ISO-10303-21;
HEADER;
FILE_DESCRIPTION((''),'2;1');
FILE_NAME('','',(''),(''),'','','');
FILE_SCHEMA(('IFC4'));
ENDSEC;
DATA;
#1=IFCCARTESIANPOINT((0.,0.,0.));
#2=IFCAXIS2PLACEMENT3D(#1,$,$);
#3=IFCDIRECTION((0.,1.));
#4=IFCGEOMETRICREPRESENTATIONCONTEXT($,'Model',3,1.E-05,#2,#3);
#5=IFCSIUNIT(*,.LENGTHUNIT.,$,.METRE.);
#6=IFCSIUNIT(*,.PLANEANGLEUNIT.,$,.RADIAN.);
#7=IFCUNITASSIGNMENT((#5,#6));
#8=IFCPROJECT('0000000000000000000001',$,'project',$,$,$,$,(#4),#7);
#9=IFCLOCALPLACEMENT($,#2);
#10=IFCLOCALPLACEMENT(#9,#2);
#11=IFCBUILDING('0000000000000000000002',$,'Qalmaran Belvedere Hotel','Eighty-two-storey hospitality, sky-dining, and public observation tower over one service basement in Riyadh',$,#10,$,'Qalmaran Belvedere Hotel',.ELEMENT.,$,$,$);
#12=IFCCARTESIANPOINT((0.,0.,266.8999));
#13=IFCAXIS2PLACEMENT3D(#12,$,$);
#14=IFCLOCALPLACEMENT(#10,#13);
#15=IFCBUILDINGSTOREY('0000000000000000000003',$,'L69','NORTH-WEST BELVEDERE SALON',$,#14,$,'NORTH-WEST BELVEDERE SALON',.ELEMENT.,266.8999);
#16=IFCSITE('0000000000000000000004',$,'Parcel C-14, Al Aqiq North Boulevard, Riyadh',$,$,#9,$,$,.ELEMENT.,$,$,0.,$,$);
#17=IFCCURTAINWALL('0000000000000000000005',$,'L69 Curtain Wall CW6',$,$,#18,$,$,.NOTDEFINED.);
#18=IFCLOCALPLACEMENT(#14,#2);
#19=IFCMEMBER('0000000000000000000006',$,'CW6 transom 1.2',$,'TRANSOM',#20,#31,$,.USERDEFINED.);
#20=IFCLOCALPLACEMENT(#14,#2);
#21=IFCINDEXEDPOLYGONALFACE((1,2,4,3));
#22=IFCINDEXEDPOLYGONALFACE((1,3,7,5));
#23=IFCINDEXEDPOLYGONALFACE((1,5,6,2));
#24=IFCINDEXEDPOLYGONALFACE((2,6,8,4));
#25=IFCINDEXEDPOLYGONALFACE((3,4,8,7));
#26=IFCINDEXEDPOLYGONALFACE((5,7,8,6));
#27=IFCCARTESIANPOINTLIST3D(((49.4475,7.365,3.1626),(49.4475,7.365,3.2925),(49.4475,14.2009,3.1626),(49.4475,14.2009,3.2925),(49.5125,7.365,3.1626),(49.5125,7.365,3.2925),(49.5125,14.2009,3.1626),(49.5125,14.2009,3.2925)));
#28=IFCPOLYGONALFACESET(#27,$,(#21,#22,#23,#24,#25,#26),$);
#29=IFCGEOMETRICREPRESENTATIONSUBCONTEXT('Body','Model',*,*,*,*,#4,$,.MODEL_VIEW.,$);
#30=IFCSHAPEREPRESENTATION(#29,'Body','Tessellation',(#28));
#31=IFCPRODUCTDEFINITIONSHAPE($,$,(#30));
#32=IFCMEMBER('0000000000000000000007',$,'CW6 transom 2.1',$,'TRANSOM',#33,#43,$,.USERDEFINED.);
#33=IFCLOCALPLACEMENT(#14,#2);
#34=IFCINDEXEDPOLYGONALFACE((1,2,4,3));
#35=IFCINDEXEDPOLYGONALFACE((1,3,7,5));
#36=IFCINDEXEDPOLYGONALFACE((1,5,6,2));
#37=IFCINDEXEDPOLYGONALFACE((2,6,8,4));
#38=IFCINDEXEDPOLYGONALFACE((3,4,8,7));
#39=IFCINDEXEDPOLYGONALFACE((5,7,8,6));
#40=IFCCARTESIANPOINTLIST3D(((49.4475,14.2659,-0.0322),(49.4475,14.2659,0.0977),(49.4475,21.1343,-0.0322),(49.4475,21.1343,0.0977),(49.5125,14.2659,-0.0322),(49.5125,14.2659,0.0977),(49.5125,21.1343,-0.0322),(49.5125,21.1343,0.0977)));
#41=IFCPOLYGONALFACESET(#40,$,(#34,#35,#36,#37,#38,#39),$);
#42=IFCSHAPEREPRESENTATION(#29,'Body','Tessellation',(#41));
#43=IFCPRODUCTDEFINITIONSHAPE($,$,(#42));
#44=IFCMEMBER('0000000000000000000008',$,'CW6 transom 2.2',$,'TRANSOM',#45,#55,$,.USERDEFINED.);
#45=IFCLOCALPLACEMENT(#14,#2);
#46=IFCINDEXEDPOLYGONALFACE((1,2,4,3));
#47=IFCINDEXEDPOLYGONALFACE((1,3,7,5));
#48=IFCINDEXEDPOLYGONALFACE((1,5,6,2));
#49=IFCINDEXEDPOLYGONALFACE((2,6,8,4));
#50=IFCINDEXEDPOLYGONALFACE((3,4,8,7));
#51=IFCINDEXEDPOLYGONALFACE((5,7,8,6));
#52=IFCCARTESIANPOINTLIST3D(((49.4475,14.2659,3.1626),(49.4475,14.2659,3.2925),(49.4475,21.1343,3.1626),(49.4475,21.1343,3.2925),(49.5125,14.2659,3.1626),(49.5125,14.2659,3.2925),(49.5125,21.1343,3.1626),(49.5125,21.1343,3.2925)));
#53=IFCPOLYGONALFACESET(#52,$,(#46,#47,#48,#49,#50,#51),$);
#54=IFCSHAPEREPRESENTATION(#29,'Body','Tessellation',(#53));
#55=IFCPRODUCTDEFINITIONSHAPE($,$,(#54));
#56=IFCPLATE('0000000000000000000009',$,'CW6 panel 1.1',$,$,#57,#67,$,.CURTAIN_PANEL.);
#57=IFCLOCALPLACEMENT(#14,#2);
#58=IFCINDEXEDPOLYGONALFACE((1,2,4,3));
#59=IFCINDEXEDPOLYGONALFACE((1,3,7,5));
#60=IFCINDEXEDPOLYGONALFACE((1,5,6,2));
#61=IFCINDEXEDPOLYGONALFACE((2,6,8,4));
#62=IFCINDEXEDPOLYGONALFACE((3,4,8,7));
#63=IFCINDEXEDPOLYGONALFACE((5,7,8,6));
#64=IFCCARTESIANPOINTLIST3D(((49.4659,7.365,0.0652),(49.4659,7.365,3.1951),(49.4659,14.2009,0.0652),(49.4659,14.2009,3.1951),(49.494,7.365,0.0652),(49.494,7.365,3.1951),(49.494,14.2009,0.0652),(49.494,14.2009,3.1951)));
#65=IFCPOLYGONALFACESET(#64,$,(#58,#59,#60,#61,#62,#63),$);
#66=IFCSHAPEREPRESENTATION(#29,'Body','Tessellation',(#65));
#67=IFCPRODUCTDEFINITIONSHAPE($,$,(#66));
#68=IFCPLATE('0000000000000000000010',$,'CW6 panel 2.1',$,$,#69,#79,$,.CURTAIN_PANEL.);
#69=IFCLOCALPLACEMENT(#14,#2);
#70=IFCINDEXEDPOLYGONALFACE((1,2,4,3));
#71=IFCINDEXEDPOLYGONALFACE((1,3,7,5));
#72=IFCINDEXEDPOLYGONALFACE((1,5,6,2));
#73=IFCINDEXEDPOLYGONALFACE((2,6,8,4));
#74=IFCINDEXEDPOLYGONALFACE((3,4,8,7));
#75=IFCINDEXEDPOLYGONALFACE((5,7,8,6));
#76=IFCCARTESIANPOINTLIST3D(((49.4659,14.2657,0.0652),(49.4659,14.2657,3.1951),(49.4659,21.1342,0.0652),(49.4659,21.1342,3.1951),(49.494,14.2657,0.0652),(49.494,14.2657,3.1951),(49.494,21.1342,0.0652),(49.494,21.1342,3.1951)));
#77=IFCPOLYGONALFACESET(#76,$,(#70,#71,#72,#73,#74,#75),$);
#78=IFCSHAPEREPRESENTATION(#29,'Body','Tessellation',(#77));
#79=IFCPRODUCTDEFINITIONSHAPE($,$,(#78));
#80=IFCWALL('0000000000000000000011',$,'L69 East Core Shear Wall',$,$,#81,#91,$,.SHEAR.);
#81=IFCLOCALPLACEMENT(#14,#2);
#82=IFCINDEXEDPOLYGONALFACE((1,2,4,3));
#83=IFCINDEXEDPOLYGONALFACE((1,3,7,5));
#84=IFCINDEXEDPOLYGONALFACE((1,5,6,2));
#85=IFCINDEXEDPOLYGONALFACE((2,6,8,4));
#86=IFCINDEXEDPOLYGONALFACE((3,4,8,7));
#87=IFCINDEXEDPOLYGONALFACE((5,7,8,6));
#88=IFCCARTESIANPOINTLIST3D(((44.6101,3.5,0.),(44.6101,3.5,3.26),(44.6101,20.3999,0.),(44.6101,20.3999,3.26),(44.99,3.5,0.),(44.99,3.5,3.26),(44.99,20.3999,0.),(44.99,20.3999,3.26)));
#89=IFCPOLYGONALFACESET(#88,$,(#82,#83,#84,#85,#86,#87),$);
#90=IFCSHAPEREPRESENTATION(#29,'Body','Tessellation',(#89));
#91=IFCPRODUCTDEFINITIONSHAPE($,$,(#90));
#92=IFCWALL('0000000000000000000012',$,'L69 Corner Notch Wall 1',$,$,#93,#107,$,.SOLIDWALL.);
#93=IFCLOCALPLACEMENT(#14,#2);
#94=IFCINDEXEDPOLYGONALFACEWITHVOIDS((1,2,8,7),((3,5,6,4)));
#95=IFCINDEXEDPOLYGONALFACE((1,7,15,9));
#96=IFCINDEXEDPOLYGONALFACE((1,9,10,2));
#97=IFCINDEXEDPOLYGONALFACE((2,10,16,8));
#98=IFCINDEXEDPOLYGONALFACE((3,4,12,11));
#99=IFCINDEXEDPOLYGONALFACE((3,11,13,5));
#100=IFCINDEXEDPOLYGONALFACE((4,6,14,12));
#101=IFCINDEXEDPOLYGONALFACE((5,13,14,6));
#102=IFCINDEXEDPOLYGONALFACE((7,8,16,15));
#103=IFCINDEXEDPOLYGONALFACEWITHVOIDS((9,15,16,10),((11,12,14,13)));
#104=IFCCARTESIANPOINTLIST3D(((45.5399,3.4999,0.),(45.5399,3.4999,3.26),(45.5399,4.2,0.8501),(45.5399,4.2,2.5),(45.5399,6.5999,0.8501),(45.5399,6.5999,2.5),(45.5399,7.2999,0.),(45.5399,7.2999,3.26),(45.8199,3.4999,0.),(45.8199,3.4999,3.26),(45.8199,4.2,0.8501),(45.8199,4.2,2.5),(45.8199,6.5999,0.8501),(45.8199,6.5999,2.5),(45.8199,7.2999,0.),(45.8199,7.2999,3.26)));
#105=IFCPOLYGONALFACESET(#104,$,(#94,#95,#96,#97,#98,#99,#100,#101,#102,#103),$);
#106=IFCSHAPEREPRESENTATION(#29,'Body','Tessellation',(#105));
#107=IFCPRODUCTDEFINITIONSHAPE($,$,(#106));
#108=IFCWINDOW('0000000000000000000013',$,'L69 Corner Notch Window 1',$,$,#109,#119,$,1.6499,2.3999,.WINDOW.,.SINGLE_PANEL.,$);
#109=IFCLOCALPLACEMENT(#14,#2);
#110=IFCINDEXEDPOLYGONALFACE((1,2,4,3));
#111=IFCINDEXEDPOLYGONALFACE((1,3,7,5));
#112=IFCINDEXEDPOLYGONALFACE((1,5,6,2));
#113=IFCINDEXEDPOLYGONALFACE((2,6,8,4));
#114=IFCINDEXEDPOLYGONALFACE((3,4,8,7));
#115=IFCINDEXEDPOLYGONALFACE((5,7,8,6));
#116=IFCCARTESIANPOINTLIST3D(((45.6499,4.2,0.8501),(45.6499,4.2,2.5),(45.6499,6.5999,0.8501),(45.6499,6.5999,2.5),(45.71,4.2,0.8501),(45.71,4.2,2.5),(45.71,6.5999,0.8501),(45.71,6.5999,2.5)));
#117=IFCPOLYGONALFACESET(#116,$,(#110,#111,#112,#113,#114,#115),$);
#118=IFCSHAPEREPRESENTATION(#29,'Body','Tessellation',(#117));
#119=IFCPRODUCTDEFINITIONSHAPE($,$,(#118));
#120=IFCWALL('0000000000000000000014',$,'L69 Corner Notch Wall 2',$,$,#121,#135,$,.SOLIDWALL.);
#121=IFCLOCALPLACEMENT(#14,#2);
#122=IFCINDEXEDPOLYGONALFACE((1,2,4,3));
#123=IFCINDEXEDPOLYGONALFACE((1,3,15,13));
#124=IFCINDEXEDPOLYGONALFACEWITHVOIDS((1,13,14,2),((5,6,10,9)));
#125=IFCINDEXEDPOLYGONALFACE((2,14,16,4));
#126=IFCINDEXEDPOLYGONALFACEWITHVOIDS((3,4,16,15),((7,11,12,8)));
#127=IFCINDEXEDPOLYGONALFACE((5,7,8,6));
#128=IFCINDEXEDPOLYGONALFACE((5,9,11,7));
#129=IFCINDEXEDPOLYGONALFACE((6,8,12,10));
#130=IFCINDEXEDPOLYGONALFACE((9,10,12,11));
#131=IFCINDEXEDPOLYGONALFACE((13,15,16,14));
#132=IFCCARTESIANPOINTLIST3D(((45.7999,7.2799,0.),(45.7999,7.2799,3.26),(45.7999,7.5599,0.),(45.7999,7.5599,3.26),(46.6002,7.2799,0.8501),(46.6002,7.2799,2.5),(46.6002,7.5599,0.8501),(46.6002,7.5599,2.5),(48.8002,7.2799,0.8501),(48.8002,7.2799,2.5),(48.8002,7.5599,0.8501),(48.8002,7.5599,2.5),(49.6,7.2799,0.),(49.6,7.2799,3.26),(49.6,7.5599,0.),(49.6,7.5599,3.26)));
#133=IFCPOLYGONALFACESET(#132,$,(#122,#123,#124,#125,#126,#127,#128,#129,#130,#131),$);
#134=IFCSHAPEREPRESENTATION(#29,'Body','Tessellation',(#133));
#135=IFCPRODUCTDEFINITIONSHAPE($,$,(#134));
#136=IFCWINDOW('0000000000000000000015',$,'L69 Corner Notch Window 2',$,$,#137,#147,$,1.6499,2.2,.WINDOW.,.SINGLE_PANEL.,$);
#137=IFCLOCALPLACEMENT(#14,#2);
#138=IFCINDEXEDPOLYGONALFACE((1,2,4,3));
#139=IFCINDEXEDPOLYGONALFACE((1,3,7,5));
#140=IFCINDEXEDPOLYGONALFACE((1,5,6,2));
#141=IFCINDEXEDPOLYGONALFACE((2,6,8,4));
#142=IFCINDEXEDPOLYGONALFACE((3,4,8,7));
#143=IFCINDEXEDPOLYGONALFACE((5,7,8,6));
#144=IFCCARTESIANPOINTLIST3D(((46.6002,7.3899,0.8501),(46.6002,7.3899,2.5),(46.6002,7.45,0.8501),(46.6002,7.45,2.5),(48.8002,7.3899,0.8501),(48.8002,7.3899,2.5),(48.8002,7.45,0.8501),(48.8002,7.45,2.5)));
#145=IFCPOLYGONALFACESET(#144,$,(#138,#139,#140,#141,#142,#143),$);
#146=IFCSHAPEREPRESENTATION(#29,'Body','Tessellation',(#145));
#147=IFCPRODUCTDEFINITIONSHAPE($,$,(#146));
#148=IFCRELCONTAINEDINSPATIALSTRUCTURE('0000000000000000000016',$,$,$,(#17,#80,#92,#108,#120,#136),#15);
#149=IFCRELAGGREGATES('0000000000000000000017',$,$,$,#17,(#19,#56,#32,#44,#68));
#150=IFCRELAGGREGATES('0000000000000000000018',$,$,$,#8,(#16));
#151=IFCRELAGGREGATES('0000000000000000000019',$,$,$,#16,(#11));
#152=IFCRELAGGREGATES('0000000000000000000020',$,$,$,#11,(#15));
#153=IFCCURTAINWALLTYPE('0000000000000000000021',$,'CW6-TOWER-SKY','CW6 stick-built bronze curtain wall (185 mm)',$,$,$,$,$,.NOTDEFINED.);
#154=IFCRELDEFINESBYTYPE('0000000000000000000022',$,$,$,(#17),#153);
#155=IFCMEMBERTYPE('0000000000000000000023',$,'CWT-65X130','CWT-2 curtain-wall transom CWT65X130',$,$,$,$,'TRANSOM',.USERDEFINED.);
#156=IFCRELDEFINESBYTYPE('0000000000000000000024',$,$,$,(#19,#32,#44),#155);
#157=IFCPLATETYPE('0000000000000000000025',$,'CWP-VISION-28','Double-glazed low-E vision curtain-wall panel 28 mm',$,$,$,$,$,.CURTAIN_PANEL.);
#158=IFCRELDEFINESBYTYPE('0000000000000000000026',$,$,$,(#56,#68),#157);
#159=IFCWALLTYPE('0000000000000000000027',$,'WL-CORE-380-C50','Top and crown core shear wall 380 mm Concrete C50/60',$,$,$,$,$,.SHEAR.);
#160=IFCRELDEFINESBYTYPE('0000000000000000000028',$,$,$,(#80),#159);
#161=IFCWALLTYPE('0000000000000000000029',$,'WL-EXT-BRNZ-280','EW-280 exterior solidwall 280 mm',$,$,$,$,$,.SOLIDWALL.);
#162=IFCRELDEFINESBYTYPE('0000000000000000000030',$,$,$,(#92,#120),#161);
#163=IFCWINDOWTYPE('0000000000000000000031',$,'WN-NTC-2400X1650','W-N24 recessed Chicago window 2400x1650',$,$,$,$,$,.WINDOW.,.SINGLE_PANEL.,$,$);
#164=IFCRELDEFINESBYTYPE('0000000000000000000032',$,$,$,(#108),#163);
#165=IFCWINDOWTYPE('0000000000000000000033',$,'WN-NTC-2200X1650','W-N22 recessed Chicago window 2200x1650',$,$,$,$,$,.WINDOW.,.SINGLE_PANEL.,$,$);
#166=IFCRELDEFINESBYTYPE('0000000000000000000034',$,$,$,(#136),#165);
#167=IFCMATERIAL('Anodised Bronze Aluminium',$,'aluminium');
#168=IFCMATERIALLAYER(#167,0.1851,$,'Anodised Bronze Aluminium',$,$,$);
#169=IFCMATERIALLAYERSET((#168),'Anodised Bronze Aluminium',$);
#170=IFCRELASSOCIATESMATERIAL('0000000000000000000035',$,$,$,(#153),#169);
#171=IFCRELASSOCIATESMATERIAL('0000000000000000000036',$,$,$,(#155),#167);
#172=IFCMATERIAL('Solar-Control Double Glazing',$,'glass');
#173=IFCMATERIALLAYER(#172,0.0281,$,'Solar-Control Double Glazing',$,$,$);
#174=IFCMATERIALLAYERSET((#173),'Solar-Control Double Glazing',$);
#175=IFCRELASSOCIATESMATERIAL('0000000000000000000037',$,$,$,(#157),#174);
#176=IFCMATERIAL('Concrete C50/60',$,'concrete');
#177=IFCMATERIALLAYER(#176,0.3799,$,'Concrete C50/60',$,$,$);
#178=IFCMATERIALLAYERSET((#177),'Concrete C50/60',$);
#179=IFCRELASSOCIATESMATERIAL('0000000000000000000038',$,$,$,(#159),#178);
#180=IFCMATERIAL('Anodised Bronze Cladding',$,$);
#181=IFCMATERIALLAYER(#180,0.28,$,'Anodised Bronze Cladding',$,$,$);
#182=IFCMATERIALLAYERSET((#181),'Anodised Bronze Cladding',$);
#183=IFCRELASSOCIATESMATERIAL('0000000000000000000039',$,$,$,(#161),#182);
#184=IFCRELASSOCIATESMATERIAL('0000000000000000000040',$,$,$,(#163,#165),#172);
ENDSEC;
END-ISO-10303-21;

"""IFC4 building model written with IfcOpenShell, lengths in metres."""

from ifc_helpers import new_model, si_unit, direction, frame, frame_2d, origin, origin_2d, place, context, subcontext, project, spatial, rectangle, extrude, material, layer, layer_set, material_profile, profile_set, type_object, element, fill, aggregate, save


model = new_model("IFC4")

# Units and contexts
model_context = context("Model", 3, precision=1e-05, world=origin(), true_north=direction((0.0, 1.0)))
body_context = subcontext(model_context, "Body", "Model", "MODEL_VIEW")
ifc_project = project(units=[si_unit("LENGTHUNIT", "METRE"), si_unit("PLANEANGLEUNIT", "RADIAN")], contexts=[model_context])

# Site, building, storey
site_placement = place(None, origin())
site = spatial("IfcSite", under=ifc_project, at=site_placement, Name="Parcel C-14, Al Aqiq North Boulevard, Riyadh", CompositionType="ELEMENT", RefElevation=0.0)
building_placement = place(site_placement, origin())
building = spatial("IfcBuilding", under=site, at=building_placement, Name="Qalmaran Belvedere Hotel", Description="Eighty-two-storey hospitality, sky-dining, and public observation tower over one service basement in Riyadh", LongName="Qalmaran Belvedere Hotel", CompositionType="ELEMENT")
storey_placement = place(building_placement, frame((0.0, 0.0, 266.8999)))
storey = spatial("IfcBuildingStorey", under=building, at=storey_placement, Name="L69", Description="NORTH-WEST BELVEDERE SALON", LongName="NORTH-WEST BELVEDERE SALON", CompositionType="ELEMENT", Elevation=266.8999)

# Shared definitions
ifc_material_1 = material(Name="Concrete C50/60", Category="concrete")

# Curtain wall, members, plates
ifc_material_2 = material(Name="Anodised Bronze Aluminium", Category="aluminium")
ifc_layer_1 = layer(ifc_material_2, 0.1851, Name="Anodised Bronze Aluminium")
ifc_layer_set_1 = layer_set([ifc_layer_1], Name="Anodised Bronze Aluminium")
curtain_wall_type = type_object("IfcCurtainWallType", Name="CW6-TOWER-SKY", Description="CW6 stick-built bronze curtain wall (185 mm)", PredefinedType="NOTDEFINED", material=ifc_layer_set_1)
curtain_wall_placement = place(storey_placement, origin())
curtain_wall = element("IfcCurtainWall", 1, at=curtain_wall_placement, inside=storey, type_object=curtain_wall_type, Name="L69 Curtain Wall CW6", PredefinedType="NOTDEFINED")
ifc_material_profile_1 = material_profile(ifc_material_2, rectangle(XDim=0.0649, YDim=0.1299, at=origin_2d()), Name="CWT65X130")
ifc_profile_set_1 = profile_set([ifc_material_profile_1], Name="Anodised Bronze Aluminium")
member_type_1 = type_object("IfcMemberType", Name="CWT-65X130", Description="CWT-2 curtain-wall transom CWT65X130", ElementType="TRANSOM", PredefinedType="USERDEFINED", material=ifc_profile_set_1)
member_1_placement = place(storey_placement, frame((49.48, 7.365, 3.2275), z_axis=(0.0, 1.0, 0.0), x_axis=(-1.0, 0.0, 0.0)))
member_1 = element("IfcMember", 2, at=member_1_placement, type_object=member_type_1, Name="CW6 transom 1.2", ObjectType="TRANSOM", PredefinedType="USERDEFINED", context=body_context, shape_type="SweptSolid", body=[
    extrude(rectangle(XDim=0.0649, YDim=0.1299, at=origin_2d()), origin(), (0.0, 0.0, 1.0), 6.8359),
])
member_2_placement = place(storey_placement, frame((49.48, 14.2659, 0.0327), z_axis=(0.0, 1.0, 0.0), x_axis=(-1.0, 0.0, 0.0)))
member_2 = element("IfcMember", 3, at=member_2_placement, type_object=member_type_1, Name="CW6 transom 2.1", ObjectType="TRANSOM", PredefinedType="USERDEFINED", context=body_context, shape_type="SweptSolid", body=[
    extrude(rectangle(XDim=0.0649, YDim=0.1299, at=origin_2d()), origin(), (0.0, 0.0, 1.0), 6.8684),
])
member_3_placement = place(storey_placement, frame((49.48, 14.2659, 3.2275), z_axis=(0.0, 1.0, 0.0), x_axis=(-1.0, 0.0, 0.0)))
member_3 = element("IfcMember", 4, at=member_3_placement, type_object=member_type_1, Name="CW6 transom 2.2", ObjectType="TRANSOM", PredefinedType="USERDEFINED", context=body_context, shape_type="SweptSolid", body=[
    extrude(rectangle(XDim=0.0649, YDim=0.1299, at=origin_2d()), origin(), (0.0, 0.0, 1.0), 6.8684),
])
ifc_material_3 = material(Name="Solar-Control Double Glazing", Category="glass")
ifc_layer_2 = layer(ifc_material_3, 0.0281, Name="Solar-Control Double Glazing")
ifc_layer_set_2 = layer_set([ifc_layer_2], Name="Solar-Control Double Glazing")
plate_type = type_object("IfcPlateType", Name="CWP-VISION-28", Description="Double-glazed low-E vision curtain-wall panel 28 mm", PredefinedType="CURTAIN_PANEL", material=ifc_layer_set_2)
plate_1_placement = place(storey_placement, frame((49.48, 10.783, 0.0652), z_axis=(0.0, 0.0, 1.0), x_axis=(0.0, 1.0, 0.0)))
plate_1 = element("IfcPlate", 5, at=plate_1_placement, type_object=plate_type, Name="CW6 panel 1.1", PredefinedType="CURTAIN_PANEL", context=body_context, shape_type="SweptSolid", body=[
    extrude(rectangle(XDim=6.8359, YDim=0.0281, at=origin_2d()), origin(), (0.0, 0.0, 1.0), 3.1299),
])
plate_2_placement = place(storey_placement, frame((49.48, 17.7, 0.0652), z_axis=(0.0, 0.0, 1.0), x_axis=(0.0, 1.0, 0.0)))
plate_2 = element("IfcPlate", 6, at=plate_2_placement, type_object=plate_type, Name="CW6 panel 2.1", PredefinedType="CURTAIN_PANEL", context=body_context, shape_type="SweptSolid", body=[
    extrude(rectangle(XDim=6.8684, YDim=0.0281, at=origin_2d()), origin(), (0.0, 0.0, 1.0), 3.1299),
])
aggregate(curtain_wall, [member_1, plate_1, member_2, member_3, plate_2])

# Wall
ifc_layer_3 = layer(ifc_material_1, 0.3799, Name="Concrete C50/60")
ifc_layer_set_3 = layer_set([ifc_layer_3], Name="Concrete C50/60")
wall_type_1 = type_object("IfcWallType", Name="WL-CORE-380-C50", Description="Top and crown core shear wall 380 mm Concrete C50/60", PredefinedType="SHEAR", material=ifc_layer_set_3)
wall_1_placement = place(storey_placement, frame((44.8, 3.5, 0.0), z_axis=(0.0, 0.0, 1.0), x_axis=(0.0, 1.0, 0.0)))
element("IfcWall", 7, at=wall_1_placement, inside=storey, type_object=wall_type_1, Name="L69 East Core Shear Wall", PredefinedType="SHEAR", context=body_context, shape_type="SweptSolid", body=[
    extrude(rectangle(XDim=16.8999, YDim=0.3799, at=frame_2d((8.45, 0.0))), origin(), (0.0, 0.0, 1.0), 3.26),
])

# Walls, openings, windows
ifc_material_4 = material(Name="Anodised Bronze Cladding")
ifc_layer_4 = layer(ifc_material_4, 0.28, Name="Anodised Bronze Cladding")
ifc_layer_set_4 = layer_set([ifc_layer_4], Name="Anodised Bronze Cladding")
wall_type_2 = type_object("IfcWallType", Name="WL-EXT-BRNZ-280", Description="EW-280 exterior solidwall 280 mm", PredefinedType="SOLIDWALL", material=ifc_layer_set_4)
wall_2_placement = place(storey_placement, frame((45.6799, 3.5, 0.0), z_axis=(0.0, 0.0, 1.0), x_axis=(0.0, 1.0, 0.0)))
wall_2 = element("IfcWall", 8, at=wall_2_placement, inside=storey, type_object=wall_type_2, Name="L69 Corner Notch Wall 1", PredefinedType="SOLIDWALL", context=body_context, shape_type="SweptSolid", body=[
    extrude(rectangle(XDim=3.8, YDim=0.28, at=frame_2d((1.8999, 0.0))), origin(), (0.0, 0.0, 1.0), 3.26),
])
opening_1_placement = place(wall_2_placement, frame((0.7, 0.0, 0.8501)))
opening_1 = element("IfcOpeningElement", 9, at=opening_1_placement, cuts=wall_2, PredefinedType="OPENING", context=body_context, shape_type="SweptSolid", body=[
    extrude(rectangle(XDim=2.3999, YDim=1.6499, at=frame_2d((1.2, 0.825))), frame((0.0, 0.1499, 0.0), z_axis=(0.0, -1.0, 0.0), x_axis=(1.0, 0.0, 0.0)), (0.0, 0.0, 1.0), 0.3),
])
window_type_1 = type_object("IfcWindowType", Name="WN-NTC-2400X1650", Description="W-N24 recessed Chicago window 2400x1650", PartitioningType="SINGLE_PANEL", PredefinedType="WINDOW", material=ifc_material_3)
window_1_placement = place(opening_1_placement, origin())
window_1 = element("IfcWindow", 10, at=window_1_placement, inside=storey, type_object=window_type_1, Name="L69 Corner Notch Window 1", OverallHeight=1.6499, OverallWidth=2.3999, PartitioningType="SINGLE_PANEL", PredefinedType="WINDOW", context=body_context, shape_type="SweptSolid", body=[
    extrude(rectangle(XDim=2.3999, YDim=1.6499, at=frame_2d((1.2, 0.825))), frame((0.0, 0.03, 0.0), z_axis=(0.0, -1.0, 0.0), x_axis=(1.0, 0.0, 0.0)), (0.0, 0.0, 1.0), 0.0601),
])
fill(opening_1, window_1)
wall_3_placement = place(storey_placement, frame((45.8, 7.4199, 0.0), z_axis=(0.0, 0.0, 1.0), x_axis=(1.0, 0.0, 0.0)))
wall_3 = element("IfcWall", 11, at=wall_3_placement, inside=storey, type_object=wall_type_2, Name="L69 Corner Notch Wall 2", PredefinedType="SOLIDWALL", context=body_context, shape_type="SweptSolid", body=[
    extrude(rectangle(XDim=3.8, YDim=0.28, at=frame_2d((1.8999, 0.0))), origin(), (0.0, 0.0, 1.0), 3.26),
])
opening_2_placement = place(wall_3_placement, frame((0.8, 0.0, 0.8501)))
opening_2 = element("IfcOpeningElement", 12, at=opening_2_placement, cuts=wall_3, PredefinedType="OPENING", context=body_context, shape_type="SweptSolid", body=[
    extrude(rectangle(XDim=2.2, YDim=1.6499, at=frame_2d((1.1001, 0.825))), frame((0.0, 0.1499, 0.0), z_axis=(0.0, -1.0, 0.0), x_axis=(1.0, 0.0, 0.0)), (0.0, 0.0, 1.0), 0.3),
])
window_type_2 = type_object("IfcWindowType", Name="WN-NTC-2200X1650", Description="W-N22 recessed Chicago window 2200x1650", PartitioningType="SINGLE_PANEL", PredefinedType="WINDOW", material=ifc_material_3)
window_2_placement = place(opening_2_placement, origin())
window_2 = element("IfcWindow", 13, at=window_2_placement, inside=storey, type_object=window_type_2, Name="L69 Corner Notch Window 2", OverallHeight=1.6499, OverallWidth=2.2, PartitioningType="SINGLE_PANEL", PredefinedType="WINDOW", context=body_context, shape_type="SweptSolid", body=[
    extrude(rectangle(XDim=2.2, YDim=1.6499, at=frame_2d((1.1001, 0.825))), frame((0.0, 0.03, 0.0), z_axis=(0.0, -1.0, 0.0), x_axis=(1.0, 0.0, 0.0)), (0.0, 0.0, 1.0), 0.0601),
])
fill(opening_2, window_2)

save(model, "model.ifc")
